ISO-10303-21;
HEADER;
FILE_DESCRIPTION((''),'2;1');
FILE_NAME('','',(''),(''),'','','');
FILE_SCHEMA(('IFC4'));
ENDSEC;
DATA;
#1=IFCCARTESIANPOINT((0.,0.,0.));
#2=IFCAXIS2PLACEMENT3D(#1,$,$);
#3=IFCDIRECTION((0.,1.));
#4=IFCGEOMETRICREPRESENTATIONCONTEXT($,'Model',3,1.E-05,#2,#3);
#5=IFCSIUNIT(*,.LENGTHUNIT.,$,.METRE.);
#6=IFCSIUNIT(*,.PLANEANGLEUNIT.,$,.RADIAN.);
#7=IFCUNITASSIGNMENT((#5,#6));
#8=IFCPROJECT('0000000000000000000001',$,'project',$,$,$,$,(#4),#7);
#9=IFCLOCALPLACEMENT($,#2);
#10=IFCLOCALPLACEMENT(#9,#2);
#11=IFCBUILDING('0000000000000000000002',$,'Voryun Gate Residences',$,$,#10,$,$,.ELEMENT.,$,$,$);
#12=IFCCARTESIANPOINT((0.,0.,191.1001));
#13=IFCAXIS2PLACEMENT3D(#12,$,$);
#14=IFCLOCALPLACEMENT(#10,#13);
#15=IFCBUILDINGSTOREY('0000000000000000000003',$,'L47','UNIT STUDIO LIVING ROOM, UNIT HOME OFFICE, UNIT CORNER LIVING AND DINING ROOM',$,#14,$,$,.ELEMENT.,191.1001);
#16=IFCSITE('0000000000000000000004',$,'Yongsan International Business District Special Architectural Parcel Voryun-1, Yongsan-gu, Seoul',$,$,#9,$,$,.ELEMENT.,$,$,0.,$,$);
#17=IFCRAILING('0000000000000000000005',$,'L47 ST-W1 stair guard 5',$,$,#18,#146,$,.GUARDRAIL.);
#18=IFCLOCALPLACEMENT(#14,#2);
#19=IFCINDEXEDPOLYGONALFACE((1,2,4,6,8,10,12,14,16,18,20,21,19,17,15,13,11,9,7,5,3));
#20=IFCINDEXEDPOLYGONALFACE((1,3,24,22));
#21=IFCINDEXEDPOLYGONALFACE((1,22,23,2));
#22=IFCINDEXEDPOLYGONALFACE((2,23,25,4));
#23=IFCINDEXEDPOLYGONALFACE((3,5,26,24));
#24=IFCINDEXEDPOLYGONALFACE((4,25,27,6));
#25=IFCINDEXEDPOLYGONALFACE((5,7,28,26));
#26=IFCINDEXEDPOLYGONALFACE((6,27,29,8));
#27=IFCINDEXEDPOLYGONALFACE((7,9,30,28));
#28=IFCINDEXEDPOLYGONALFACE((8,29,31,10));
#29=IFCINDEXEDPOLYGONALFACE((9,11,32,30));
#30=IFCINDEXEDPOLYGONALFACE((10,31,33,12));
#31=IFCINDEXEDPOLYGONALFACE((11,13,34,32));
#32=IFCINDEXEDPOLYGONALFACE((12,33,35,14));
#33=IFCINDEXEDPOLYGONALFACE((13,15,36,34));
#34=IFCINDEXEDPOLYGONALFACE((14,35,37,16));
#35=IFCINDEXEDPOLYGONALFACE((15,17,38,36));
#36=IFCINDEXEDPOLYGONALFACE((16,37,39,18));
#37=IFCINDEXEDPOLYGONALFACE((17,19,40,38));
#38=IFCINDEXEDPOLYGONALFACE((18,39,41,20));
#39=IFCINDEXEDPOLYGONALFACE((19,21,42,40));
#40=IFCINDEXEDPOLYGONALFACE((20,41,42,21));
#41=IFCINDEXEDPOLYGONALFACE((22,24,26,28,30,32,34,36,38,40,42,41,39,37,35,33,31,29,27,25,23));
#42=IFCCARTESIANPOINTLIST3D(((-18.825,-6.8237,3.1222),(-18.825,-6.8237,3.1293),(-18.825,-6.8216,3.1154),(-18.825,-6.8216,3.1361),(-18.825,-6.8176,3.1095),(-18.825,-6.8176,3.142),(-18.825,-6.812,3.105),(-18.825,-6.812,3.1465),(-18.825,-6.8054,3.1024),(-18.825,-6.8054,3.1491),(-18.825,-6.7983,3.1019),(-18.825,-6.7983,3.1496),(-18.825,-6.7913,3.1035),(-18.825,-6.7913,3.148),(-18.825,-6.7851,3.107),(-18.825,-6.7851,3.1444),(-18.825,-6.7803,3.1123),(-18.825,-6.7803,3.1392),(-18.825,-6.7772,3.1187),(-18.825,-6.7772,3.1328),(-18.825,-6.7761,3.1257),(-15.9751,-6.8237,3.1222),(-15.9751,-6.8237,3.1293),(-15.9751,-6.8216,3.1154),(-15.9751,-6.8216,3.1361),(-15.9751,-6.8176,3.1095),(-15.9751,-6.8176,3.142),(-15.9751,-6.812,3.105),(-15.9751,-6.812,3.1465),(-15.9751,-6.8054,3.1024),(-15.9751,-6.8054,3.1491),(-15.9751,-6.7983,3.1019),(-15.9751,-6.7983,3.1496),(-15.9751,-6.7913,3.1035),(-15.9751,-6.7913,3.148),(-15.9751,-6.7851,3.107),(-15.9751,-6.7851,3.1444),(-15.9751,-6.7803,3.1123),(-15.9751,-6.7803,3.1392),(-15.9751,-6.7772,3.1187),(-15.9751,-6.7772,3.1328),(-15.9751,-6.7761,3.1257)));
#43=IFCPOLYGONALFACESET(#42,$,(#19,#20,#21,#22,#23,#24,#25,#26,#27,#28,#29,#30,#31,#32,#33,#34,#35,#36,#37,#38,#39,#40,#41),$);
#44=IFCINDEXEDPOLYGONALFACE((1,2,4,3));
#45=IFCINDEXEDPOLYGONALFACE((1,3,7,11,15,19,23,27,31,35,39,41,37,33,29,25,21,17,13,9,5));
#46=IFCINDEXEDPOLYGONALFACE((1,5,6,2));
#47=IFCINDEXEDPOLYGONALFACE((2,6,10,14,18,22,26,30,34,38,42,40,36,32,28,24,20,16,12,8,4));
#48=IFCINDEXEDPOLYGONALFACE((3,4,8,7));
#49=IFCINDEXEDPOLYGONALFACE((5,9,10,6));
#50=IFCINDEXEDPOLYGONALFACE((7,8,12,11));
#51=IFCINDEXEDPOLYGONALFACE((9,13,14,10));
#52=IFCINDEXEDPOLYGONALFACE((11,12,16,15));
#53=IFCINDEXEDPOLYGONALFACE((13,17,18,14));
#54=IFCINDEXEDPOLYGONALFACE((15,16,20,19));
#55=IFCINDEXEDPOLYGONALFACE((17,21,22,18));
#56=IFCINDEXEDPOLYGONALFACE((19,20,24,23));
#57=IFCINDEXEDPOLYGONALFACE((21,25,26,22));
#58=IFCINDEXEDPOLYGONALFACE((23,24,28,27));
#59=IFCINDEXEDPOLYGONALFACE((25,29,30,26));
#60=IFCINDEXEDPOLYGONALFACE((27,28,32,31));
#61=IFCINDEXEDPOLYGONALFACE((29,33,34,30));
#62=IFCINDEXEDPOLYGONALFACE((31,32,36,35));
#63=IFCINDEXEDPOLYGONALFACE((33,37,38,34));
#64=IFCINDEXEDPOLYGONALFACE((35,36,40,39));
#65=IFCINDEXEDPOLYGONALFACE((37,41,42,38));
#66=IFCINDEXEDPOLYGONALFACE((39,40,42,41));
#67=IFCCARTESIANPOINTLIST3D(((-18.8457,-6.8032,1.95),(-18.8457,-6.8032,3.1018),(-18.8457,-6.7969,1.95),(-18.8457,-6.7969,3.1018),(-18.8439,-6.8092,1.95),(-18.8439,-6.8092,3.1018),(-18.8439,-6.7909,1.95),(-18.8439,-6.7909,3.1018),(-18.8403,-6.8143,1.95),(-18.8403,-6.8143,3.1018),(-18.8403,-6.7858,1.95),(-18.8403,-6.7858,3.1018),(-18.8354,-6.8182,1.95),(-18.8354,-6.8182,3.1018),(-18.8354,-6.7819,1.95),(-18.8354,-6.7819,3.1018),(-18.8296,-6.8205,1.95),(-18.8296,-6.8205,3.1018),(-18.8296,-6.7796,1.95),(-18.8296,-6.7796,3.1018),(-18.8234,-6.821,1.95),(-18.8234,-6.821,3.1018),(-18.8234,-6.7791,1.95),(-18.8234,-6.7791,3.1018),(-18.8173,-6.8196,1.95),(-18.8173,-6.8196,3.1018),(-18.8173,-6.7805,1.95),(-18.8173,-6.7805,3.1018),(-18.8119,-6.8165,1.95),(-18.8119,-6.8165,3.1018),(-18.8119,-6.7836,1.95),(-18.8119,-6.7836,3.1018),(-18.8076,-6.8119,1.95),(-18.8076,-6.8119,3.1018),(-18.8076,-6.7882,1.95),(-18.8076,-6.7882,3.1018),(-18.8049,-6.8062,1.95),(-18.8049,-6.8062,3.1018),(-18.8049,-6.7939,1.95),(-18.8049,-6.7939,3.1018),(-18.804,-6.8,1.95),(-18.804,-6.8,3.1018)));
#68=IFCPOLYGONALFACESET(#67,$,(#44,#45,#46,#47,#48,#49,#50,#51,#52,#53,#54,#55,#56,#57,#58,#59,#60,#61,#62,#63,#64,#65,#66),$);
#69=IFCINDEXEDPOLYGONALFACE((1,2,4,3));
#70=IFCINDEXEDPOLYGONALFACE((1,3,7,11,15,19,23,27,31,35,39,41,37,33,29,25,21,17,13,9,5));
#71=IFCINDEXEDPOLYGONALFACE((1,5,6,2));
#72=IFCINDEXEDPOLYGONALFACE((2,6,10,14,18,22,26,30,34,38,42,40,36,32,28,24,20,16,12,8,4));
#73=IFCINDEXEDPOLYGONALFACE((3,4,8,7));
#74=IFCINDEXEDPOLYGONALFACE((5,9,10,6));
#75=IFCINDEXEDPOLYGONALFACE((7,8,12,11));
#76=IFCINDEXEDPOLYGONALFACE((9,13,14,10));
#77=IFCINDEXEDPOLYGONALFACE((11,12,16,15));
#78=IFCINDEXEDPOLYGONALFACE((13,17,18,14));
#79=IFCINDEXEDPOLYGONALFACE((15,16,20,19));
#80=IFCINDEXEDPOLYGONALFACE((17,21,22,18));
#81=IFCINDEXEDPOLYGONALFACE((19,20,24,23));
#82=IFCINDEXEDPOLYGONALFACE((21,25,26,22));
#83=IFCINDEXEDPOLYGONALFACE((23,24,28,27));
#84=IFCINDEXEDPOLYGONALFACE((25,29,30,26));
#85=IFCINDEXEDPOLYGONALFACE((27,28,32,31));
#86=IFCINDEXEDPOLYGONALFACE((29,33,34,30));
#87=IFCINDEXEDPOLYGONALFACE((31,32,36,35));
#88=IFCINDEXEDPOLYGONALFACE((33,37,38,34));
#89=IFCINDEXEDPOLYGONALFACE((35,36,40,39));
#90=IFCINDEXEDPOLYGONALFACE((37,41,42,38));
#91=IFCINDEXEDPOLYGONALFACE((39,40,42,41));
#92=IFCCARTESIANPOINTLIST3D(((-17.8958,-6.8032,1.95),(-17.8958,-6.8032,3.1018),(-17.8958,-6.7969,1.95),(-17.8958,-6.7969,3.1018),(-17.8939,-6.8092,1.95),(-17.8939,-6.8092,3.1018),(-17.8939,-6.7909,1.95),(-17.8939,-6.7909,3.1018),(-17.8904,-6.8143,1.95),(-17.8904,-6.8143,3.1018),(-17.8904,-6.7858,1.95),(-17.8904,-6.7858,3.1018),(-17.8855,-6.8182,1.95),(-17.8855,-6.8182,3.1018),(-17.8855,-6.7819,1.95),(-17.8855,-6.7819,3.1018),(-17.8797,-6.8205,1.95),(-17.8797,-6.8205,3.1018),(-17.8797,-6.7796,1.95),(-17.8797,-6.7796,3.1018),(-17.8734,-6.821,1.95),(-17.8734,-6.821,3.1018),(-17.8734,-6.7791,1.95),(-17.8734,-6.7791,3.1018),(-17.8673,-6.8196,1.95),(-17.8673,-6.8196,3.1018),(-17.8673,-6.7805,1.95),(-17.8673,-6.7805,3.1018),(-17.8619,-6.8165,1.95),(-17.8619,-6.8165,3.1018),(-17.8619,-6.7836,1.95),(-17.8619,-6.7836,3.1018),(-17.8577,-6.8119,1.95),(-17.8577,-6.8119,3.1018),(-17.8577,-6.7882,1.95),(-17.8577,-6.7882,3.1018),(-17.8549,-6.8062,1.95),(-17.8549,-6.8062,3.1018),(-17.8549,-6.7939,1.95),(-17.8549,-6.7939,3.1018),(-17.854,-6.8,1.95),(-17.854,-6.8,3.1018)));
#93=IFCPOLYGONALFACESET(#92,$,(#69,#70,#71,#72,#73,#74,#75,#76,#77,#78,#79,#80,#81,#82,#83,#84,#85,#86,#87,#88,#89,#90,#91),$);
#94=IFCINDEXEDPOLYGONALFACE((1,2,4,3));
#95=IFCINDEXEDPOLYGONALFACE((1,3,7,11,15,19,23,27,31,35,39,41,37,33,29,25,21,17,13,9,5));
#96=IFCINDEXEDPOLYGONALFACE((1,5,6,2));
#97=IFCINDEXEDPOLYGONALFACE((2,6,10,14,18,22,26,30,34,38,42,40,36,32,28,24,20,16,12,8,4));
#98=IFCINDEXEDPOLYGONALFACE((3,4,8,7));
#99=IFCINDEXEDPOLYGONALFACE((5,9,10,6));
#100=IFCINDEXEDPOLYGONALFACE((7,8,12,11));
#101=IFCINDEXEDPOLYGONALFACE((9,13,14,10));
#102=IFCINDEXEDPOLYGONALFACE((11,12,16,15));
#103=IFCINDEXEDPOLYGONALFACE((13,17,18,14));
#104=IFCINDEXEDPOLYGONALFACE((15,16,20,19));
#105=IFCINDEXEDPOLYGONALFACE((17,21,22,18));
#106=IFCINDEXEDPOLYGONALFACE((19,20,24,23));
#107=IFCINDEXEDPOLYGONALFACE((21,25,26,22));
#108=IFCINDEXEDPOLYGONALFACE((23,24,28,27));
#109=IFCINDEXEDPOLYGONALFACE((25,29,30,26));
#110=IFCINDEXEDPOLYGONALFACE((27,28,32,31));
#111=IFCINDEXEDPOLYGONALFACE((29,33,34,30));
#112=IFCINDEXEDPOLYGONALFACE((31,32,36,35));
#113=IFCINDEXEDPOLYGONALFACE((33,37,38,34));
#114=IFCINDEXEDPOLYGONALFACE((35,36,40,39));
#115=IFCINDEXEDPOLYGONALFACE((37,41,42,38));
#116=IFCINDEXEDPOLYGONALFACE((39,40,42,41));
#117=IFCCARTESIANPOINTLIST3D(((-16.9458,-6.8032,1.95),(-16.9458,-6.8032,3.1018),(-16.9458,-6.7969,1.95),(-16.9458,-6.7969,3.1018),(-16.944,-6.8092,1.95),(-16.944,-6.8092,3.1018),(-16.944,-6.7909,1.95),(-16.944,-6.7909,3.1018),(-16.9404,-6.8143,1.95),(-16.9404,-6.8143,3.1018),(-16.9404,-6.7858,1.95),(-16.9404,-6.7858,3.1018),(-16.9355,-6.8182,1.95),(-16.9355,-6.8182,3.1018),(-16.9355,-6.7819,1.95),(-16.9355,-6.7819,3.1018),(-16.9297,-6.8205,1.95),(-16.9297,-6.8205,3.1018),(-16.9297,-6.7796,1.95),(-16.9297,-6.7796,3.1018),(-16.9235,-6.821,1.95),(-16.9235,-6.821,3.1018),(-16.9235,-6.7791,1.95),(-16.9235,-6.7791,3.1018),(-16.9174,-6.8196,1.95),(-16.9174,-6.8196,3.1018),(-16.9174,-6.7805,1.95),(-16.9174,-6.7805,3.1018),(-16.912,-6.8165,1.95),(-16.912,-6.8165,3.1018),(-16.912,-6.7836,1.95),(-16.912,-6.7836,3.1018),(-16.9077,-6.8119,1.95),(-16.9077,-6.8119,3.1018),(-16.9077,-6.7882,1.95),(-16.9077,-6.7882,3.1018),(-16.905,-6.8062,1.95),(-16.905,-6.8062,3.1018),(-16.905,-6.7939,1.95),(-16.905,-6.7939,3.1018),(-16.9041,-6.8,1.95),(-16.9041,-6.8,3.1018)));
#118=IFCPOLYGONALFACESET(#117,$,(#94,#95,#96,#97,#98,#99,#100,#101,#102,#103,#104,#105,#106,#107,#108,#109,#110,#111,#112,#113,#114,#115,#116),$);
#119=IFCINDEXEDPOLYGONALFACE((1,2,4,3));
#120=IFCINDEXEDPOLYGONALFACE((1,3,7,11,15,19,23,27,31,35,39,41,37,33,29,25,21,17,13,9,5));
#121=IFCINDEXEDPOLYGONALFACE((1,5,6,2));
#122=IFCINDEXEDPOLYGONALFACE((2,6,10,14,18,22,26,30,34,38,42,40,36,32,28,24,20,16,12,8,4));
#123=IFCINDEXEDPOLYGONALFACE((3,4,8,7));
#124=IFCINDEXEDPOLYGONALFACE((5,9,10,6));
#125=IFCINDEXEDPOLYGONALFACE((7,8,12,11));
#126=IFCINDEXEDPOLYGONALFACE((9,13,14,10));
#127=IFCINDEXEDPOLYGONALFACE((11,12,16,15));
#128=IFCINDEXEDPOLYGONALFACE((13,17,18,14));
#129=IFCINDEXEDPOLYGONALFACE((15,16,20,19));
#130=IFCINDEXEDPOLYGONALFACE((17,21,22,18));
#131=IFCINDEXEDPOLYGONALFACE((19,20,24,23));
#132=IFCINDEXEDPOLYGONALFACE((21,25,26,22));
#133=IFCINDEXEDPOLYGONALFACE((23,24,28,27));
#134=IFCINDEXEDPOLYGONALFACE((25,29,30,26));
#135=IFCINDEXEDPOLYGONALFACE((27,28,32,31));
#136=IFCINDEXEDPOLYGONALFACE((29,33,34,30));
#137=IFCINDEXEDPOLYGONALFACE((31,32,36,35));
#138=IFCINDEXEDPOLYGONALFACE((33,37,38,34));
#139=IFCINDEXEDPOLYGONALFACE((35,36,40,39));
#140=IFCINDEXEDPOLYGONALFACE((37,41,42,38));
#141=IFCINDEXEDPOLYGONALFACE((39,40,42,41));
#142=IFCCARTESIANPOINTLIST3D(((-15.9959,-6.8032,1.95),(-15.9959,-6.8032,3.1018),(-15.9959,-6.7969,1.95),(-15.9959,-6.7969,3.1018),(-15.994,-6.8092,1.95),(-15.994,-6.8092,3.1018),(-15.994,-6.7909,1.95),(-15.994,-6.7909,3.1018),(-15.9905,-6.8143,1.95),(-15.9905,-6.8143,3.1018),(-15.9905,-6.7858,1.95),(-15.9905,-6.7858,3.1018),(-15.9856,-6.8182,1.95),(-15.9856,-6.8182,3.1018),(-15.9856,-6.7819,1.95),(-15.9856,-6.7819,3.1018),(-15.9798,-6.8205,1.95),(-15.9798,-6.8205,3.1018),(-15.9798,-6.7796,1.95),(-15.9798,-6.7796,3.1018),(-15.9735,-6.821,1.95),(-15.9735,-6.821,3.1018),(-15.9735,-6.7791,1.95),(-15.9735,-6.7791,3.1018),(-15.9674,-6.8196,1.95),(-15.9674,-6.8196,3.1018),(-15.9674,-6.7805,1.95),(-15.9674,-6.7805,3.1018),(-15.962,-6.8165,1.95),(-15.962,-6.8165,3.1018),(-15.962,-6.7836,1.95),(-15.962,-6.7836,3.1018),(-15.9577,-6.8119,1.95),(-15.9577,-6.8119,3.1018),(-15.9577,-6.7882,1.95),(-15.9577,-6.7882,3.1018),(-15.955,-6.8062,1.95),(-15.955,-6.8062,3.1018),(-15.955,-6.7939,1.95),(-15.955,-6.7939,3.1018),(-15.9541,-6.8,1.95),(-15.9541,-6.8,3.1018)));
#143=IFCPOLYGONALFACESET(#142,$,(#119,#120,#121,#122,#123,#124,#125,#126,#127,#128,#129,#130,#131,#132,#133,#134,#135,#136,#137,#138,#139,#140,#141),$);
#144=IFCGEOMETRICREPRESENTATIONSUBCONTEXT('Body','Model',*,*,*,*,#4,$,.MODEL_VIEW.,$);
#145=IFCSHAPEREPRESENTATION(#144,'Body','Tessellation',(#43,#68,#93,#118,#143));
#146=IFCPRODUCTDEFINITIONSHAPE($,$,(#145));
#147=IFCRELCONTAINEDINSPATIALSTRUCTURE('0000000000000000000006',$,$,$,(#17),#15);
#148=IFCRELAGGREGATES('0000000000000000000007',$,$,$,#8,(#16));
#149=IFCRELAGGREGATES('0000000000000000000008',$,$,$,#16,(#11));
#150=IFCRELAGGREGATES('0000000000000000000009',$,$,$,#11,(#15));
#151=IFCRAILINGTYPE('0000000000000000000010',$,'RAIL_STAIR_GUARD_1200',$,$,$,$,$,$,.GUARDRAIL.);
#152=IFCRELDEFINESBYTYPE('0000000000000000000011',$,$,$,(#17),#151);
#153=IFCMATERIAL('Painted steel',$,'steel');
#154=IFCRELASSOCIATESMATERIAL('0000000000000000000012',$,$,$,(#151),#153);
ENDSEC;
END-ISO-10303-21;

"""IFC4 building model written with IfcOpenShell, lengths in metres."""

from ifc_helpers import new_model, si_unit, direction, frame, origin, origin_2d, place, context, subcontext, project, spatial, circle, extrude, material, type_object, element, save


model = new_model("IFC4")

# Units and contexts
model_context = context("Model", 3, precision=1e-05, world=origin(), true_north=direction((0.0, 1.0)))
body_context = subcontext(model_context, "Body", "Model", "MODEL_VIEW")
ifc_project = project(units=[si_unit("LENGTHUNIT", "METRE"), si_unit("PLANEANGLEUNIT", "RADIAN")], contexts=[model_context])

# Site, building, storey
site_placement = place(None, origin())
site = spatial("IfcSite", under=ifc_project, at=site_placement, Name="Yongsan International Business District Special Architectural Parcel Voryun-1, Yongsan-gu, Seoul", CompositionType="ELEMENT", RefElevation=0.0)
building_placement = place(site_placement, origin())
building = spatial("IfcBuilding", under=site, at=building_placement, Name="Voryun Gate Residences", CompositionType="ELEMENT")
storey_placement = place(building_placement, frame((0.0, 0.0, 191.1001)))
storey = spatial("IfcBuildingStorey", under=building, at=storey_placement, Name="L47", Description="UNIT STUDIO LIVING ROOM, UNIT HOME OFFICE, UNIT CORNER LIVING AND DINING ROOM", CompositionType="ELEMENT", Elevation=191.1001)

# Railing
ifc_material_1 = material(Name="Painted steel", Category="steel")
railing_type_1 = type_object("IfcRailingType", Name="RAIL_STAIR_GUARD_1200", PredefinedType="GUARDRAIL", material=ifc_material_1)
railing_1_placement = place(storey_placement, frame((-18.825, -6.8, 1.95)))
element("IfcRailing", 1, at=railing_1_placement, inside=storey, type_object=railing_type_1, Name="L47 ST-W1 stair guard 5", PredefinedType="GUARDRAIL", context=body_context, shape_type="SweptSolid", body=[
    extrude(circle(Radius=0.0239, at=origin_2d()), frame((0.0, 0.0, 1.1758), z_axis=(1.0, 0.0, 0.0), x_axis=(0.0, 1.0, 0.0)), (0.0, 0.0, 1.0), 2.8499),
    extrude(circle(Radius=0.021, at=origin_2d()), origin(), (0.0, 0.0, 1.0), 1.1519),
    extrude(circle(Radius=0.021, at=origin_2d()), frame((0.95, 0.0, 0.0)), (0.0, 0.0, 1.0), 1.1519),
    extrude(circle(Radius=0.021, at=origin_2d()), frame((1.8999, 0.0, 0.0)), (0.0, 0.0, 1.0), 1.1519),
    extrude(circle(Radius=0.021, at=origin_2d()), frame((2.8499, 0.0, 0.0)), (0.0, 0.0, 1.0), 1.1519),
])

save(model, "model.ifc")
